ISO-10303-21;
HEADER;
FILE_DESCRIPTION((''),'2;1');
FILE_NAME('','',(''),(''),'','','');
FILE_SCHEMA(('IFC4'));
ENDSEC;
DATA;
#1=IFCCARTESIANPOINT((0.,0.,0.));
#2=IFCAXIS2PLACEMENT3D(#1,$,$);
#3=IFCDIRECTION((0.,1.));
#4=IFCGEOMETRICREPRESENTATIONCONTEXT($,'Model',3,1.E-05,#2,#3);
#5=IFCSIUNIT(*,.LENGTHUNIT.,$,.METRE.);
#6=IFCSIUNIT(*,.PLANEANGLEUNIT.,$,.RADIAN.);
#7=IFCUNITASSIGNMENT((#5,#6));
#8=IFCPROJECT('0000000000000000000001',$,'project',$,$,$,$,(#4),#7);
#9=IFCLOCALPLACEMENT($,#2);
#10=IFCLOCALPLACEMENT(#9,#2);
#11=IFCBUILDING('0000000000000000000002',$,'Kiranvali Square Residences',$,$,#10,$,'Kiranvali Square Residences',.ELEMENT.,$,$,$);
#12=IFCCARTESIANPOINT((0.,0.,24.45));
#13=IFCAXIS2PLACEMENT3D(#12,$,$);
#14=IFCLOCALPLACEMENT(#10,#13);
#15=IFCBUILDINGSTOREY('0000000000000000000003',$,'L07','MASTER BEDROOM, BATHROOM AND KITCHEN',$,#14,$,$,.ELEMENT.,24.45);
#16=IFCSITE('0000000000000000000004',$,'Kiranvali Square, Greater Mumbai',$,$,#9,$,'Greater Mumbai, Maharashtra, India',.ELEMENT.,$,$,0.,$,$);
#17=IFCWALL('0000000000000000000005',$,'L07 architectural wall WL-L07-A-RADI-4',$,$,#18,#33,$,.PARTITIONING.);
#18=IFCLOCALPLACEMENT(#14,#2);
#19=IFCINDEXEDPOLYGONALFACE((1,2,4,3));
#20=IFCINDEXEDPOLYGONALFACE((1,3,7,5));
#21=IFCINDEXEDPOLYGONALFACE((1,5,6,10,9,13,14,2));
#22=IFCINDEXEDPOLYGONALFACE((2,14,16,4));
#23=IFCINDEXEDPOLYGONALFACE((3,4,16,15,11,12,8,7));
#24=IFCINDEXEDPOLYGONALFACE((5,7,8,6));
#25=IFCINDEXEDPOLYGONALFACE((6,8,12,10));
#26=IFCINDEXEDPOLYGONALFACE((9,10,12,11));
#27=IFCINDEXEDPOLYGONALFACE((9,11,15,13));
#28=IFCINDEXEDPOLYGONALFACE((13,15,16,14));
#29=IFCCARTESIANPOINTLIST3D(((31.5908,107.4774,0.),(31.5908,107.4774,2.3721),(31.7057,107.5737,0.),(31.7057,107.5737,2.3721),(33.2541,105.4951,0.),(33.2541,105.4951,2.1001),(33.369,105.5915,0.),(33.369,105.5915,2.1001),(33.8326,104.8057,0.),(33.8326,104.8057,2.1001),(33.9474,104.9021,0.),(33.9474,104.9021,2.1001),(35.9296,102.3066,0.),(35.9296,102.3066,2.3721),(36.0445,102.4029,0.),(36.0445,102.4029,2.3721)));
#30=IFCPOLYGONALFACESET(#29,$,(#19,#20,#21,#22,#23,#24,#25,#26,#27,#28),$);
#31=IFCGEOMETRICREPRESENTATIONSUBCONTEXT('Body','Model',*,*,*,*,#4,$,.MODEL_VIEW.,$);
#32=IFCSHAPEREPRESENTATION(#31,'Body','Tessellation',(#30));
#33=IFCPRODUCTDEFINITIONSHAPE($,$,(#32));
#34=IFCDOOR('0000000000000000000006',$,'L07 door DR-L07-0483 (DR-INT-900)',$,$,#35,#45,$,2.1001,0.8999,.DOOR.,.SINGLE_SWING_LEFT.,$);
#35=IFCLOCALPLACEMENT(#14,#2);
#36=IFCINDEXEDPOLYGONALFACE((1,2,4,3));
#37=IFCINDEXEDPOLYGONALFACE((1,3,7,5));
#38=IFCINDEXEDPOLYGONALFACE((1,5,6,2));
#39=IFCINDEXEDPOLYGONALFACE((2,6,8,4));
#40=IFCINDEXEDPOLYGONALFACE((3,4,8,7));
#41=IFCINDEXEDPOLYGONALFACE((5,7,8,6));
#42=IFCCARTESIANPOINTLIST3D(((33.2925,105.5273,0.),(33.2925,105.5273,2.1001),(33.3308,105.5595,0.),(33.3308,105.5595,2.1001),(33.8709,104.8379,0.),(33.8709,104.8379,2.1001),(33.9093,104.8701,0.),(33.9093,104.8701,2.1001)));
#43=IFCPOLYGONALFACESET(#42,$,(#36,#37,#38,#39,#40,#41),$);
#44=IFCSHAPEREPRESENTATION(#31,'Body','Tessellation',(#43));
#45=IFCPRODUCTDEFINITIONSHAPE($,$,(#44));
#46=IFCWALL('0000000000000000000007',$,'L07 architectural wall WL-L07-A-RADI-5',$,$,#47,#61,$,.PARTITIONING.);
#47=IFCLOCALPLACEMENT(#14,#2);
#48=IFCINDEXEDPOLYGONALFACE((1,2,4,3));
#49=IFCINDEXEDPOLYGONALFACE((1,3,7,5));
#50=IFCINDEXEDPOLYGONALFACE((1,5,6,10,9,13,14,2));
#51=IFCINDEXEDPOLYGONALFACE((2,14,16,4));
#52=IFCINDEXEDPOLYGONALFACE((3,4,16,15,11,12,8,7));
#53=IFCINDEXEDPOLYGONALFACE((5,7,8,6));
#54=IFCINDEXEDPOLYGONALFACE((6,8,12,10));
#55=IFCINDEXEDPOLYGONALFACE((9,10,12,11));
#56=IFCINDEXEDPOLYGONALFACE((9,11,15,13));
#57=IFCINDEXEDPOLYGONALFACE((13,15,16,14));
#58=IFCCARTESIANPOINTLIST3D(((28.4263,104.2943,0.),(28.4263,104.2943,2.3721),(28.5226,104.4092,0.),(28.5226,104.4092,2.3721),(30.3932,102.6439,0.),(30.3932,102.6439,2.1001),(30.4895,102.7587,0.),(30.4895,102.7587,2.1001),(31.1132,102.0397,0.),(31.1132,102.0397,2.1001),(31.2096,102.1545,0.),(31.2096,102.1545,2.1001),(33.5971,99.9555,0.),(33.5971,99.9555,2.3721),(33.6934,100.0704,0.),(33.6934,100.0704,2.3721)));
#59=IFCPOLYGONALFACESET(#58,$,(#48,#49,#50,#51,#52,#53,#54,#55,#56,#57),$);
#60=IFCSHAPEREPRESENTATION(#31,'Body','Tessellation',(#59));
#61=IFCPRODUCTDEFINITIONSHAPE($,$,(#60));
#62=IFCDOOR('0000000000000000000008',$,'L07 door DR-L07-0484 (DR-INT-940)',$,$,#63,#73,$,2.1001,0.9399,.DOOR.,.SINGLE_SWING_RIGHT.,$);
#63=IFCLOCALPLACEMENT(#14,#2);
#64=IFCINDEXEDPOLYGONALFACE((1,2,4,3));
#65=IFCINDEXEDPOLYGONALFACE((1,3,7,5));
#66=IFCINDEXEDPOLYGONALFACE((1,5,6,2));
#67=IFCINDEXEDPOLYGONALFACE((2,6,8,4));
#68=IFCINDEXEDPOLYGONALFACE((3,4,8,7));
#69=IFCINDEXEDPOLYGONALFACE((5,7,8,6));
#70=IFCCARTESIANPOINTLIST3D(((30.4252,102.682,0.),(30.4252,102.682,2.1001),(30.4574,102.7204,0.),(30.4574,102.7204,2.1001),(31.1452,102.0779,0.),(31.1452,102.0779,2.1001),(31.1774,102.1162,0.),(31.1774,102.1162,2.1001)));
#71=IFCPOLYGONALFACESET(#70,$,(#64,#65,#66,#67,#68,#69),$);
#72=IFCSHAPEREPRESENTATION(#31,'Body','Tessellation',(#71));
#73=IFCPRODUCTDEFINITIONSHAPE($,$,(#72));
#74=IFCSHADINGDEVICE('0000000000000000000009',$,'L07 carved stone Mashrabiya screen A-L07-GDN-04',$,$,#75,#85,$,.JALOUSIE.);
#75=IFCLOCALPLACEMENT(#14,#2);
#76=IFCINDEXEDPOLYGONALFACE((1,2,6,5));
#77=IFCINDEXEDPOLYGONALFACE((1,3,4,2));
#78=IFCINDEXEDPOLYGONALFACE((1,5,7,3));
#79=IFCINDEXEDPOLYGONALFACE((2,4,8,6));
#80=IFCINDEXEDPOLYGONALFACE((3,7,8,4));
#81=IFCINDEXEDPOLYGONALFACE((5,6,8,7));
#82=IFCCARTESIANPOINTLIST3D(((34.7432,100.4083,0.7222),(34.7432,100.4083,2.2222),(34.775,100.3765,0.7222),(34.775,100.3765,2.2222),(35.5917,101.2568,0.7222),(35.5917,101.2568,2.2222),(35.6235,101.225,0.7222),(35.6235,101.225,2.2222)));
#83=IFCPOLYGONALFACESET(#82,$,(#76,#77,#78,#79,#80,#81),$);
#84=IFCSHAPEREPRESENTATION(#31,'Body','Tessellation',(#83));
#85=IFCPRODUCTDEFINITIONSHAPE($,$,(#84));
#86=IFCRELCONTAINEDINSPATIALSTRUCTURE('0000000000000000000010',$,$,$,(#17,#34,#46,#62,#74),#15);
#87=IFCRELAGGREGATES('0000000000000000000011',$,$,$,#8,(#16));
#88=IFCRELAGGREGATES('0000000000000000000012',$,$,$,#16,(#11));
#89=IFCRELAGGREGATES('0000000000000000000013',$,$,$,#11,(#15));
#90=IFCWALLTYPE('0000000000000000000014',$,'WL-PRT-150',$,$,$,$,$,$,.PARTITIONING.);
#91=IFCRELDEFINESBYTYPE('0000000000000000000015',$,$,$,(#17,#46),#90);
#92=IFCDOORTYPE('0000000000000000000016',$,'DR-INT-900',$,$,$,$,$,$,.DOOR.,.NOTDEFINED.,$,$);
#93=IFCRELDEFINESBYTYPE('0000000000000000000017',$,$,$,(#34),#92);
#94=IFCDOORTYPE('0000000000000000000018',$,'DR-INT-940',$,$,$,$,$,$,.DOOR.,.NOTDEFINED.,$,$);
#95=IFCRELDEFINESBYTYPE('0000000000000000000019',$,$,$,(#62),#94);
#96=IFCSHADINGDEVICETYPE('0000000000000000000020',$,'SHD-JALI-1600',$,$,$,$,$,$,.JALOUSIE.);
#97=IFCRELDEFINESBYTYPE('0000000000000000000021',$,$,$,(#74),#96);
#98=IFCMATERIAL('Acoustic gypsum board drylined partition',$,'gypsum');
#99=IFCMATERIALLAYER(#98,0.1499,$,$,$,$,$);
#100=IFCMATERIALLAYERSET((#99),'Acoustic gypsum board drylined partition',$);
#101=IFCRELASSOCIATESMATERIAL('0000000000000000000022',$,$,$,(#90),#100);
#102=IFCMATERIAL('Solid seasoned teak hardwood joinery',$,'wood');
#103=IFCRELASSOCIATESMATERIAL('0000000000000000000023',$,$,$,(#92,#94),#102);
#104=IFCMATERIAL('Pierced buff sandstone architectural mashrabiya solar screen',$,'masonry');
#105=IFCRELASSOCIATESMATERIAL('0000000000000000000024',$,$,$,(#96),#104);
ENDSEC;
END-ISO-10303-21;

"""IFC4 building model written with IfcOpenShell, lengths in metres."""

from ifc_helpers import new_model, si_unit, direction, frame, frame_2d, origin, origin_2d, place, context, subcontext, project, spatial, rectangle, extrude, material, layer, layer_set, type_object, element, fill, save


model = new_model("IFC4")

# Units and contexts
model_context = context("Model", 3, precision=1e-05, world=origin(), true_north=direction((0.0, 1.0)))
body_context = subcontext(model_context, "Body", "Model", "MODEL_VIEW")
ifc_project = project(units=[si_unit("LENGTHUNIT", "METRE"), si_unit("PLANEANGLEUNIT", "RADIAN")], contexts=[model_context])

# Site, building, storey
site_placement = place(None, origin())
site = spatial("IfcSite", under=ifc_project, at=site_placement, Name="Kiranvali Square, Greater Mumbai", LongName="Greater Mumbai, Maharashtra, India", CompositionType="ELEMENT", RefElevation=0.0)
building_placement = place(site_placement, origin())
building = spatial("IfcBuilding", under=site, at=building_placement, Name="Kiranvali Square Residences", LongName="Kiranvali Square Residences", CompositionType="ELEMENT")
storey_placement = place(building_placement, frame((0.0, 0.0, 24.45)))
storey = spatial("IfcBuildingStorey", under=building, at=storey_placement, Name="L07", Description="MASTER BEDROOM, BATHROOM AND KITCHEN", CompositionType="ELEMENT", Elevation=24.45)

# Walls, openings, doors
ifc_material_1 = material(Name="Acoustic gypsum board drylined partition", Category="gypsum")
ifc_layer_1 = layer(ifc_material_1, 0.1499)
ifc_layer_set_1 = layer_set([ifc_layer_1], Name="Acoustic gypsum board drylined partition")
wall_type_1 = type_object("IfcWallType", Name="WL-PRT-150", PredefinedType="PARTITIONING", material=ifc_layer_set_1)
wall_1_placement = place(storey_placement, frame((35.9871, 102.3547, 0.0), z_axis=(0.0, 0.0, 1.0), x_axis=(-0.642785, 0.766047, 0.0)))
wall_1 = element("IfcWall", 1, at=wall_1_placement, inside=storey, type_object=wall_type_1, Name="L07 architectural wall WL-L07-A-RADI-4", PredefinedType="PARTITIONING", context=body_context, shape_type="SweptSolid", body=[
    extrude(rectangle(XDim=6.75, YDim=0.1499, at=frame_2d((3.375, 0.0))), origin(), (0.0, 0.0, 1.0), 2.3721),
])
opening_1_placement = place(wall_1_placement, frame((3.2625, 0.0, 0.0)))
opening_1 = element("IfcOpeningElement", 2, at=opening_1_placement, cuts=wall_1, PredefinedType="OPENING", context=body_context, shape_type="SweptSolid", body=[
    extrude(rectangle(XDim=0.8999, YDim=2.1001, at=frame_2d((0.45, 1.05))), frame((0.0, 0.085, 0.0), z_axis=(0.0, -1.0, 0.0), x_axis=(1.0, 0.0, 0.0)), (0.0, 0.0, 1.0), 0.1699),
])
ifc_material_2 = material(Name="Solid seasoned teak hardwood joinery", Category="wood")
door_type_1 = type_object("IfcDoorType", Name="DR-INT-900", OperationType="NOTDEFINED", PredefinedType="DOOR", material=ifc_material_2)
door_1_placement = place(opening_1_placement, origin())
door_1 = element("IfcDoor", 3, at=door_1_placement, inside=storey, type_object=door_type_1, Name="L07 door DR-L07-0483 (DR-INT-900)", OperationType="SINGLE_SWING_LEFT", OverallHeight=2.1001, OverallWidth=0.8999, PredefinedType="DOOR", context=body_context, shape_type="SweptSolid", body=[
    extrude(rectangle(XDim=0.8999, YDim=2.1001, at=frame_2d((0.45, 1.05))), frame((0.0, 0.0249, 0.0), z_axis=(0.0, -1.0, 0.0), x_axis=(1.0, 0.0, 0.0)), (0.0, 0.0, 1.0), 0.05),
])
fill(opening_1, door_1)
wall_2_placement = place(storey_placement, frame((33.6453, 100.0129, 0.0), z_axis=(0.0, 0.0, 1.0), x_axis=(-0.766047, 0.642785, 0.0)))
wall_2 = element("IfcWall", 4, at=wall_2_placement, inside=storey, type_object=wall_type_1, Name="L07 architectural wall WL-L07-A-RADI-5", PredefinedType="PARTITIONING", context=body_context, shape_type="SweptSolid", body=[
    extrude(rectangle(XDim=6.75, YDim=0.1499, at=frame_2d((3.375, 0.0))), origin(), (0.0, 0.0, 1.0), 2.3721),
])
opening_2_placement = place(wall_2_placement, frame((3.2424, 0.0, 0.0)))
opening_2 = element("IfcOpeningElement", 5, at=opening_2_placement, cuts=wall_2, PredefinedType="OPENING", context=body_context, shape_type="SweptSolid", body=[
    extrude(rectangle(XDim=0.9399, YDim=2.1001, at=frame_2d((0.47, 1.05))), frame((0.0, 0.085, 0.0), z_axis=(0.0, -1.0, 0.0), x_axis=(1.0, 0.0, 0.0)), (0.0, 0.0, 1.0), 0.1699),
])
door_type_2 = type_object("IfcDoorType", Name="DR-INT-940", OperationType="NOTDEFINED", PredefinedType="DOOR", material=ifc_material_2)
door_2_placement = place(opening_2_placement, frame((0.9399, 0.0, 0.0), z_axis=(0.0, 0.0, 1.0), x_axis=(-1.0, 0.0, 0.0)))
door_2 = element("IfcDoor", 6, at=door_2_placement, inside=storey, type_object=door_type_2, Name="L07 door DR-L07-0484 (DR-INT-940)", OperationType="SINGLE_SWING_RIGHT", OverallHeight=2.1001, OverallWidth=0.9399, PredefinedType="DOOR", context=body_context, shape_type="SweptSolid", body=[
    extrude(rectangle(XDim=0.9399, YDim=2.1001, at=frame_2d((0.47, 1.05))), frame((0.0, 0.0249, 0.0), z_axis=(0.0, -1.0, 0.0), x_axis=(1.0, 0.0, 0.0)), (0.0, 0.0, 1.0), 0.05),
])
fill(opening_2, door_2)

# Shading device
ifc_material_3 = material(Name="Pierced buff sandstone architectural mashrabiya solar screen", Category="masonry")
shading_device_type = type_object("IfcShadingDeviceType", Name="SHD-JALI-1600", PredefinedType="JALOUSIE", material=ifc_material_3)
shading_device_placement = place(storey_placement, frame((35.1833, 100.8167, 0.7222), z_axis=(0.0, 0.0, 1.0), x_axis=(-0.707107, -0.707107, 0.0)))
element("IfcShadingDevice", 7, at=shading_device_placement, inside=storey, type_object=shading_device_type, Name="L07 carved stone Mashrabiya screen A-L07-GDN-04", PredefinedType="JALOUSIE", context=body_context, shape_type="SweptSolid", body=[
    extrude(rectangle(XDim=1.2, YDim=0.0449, at=origin_2d()), origin(), (0.0, 0.0, 1.0), 1.5),
])

save(model, "model.ifc")
